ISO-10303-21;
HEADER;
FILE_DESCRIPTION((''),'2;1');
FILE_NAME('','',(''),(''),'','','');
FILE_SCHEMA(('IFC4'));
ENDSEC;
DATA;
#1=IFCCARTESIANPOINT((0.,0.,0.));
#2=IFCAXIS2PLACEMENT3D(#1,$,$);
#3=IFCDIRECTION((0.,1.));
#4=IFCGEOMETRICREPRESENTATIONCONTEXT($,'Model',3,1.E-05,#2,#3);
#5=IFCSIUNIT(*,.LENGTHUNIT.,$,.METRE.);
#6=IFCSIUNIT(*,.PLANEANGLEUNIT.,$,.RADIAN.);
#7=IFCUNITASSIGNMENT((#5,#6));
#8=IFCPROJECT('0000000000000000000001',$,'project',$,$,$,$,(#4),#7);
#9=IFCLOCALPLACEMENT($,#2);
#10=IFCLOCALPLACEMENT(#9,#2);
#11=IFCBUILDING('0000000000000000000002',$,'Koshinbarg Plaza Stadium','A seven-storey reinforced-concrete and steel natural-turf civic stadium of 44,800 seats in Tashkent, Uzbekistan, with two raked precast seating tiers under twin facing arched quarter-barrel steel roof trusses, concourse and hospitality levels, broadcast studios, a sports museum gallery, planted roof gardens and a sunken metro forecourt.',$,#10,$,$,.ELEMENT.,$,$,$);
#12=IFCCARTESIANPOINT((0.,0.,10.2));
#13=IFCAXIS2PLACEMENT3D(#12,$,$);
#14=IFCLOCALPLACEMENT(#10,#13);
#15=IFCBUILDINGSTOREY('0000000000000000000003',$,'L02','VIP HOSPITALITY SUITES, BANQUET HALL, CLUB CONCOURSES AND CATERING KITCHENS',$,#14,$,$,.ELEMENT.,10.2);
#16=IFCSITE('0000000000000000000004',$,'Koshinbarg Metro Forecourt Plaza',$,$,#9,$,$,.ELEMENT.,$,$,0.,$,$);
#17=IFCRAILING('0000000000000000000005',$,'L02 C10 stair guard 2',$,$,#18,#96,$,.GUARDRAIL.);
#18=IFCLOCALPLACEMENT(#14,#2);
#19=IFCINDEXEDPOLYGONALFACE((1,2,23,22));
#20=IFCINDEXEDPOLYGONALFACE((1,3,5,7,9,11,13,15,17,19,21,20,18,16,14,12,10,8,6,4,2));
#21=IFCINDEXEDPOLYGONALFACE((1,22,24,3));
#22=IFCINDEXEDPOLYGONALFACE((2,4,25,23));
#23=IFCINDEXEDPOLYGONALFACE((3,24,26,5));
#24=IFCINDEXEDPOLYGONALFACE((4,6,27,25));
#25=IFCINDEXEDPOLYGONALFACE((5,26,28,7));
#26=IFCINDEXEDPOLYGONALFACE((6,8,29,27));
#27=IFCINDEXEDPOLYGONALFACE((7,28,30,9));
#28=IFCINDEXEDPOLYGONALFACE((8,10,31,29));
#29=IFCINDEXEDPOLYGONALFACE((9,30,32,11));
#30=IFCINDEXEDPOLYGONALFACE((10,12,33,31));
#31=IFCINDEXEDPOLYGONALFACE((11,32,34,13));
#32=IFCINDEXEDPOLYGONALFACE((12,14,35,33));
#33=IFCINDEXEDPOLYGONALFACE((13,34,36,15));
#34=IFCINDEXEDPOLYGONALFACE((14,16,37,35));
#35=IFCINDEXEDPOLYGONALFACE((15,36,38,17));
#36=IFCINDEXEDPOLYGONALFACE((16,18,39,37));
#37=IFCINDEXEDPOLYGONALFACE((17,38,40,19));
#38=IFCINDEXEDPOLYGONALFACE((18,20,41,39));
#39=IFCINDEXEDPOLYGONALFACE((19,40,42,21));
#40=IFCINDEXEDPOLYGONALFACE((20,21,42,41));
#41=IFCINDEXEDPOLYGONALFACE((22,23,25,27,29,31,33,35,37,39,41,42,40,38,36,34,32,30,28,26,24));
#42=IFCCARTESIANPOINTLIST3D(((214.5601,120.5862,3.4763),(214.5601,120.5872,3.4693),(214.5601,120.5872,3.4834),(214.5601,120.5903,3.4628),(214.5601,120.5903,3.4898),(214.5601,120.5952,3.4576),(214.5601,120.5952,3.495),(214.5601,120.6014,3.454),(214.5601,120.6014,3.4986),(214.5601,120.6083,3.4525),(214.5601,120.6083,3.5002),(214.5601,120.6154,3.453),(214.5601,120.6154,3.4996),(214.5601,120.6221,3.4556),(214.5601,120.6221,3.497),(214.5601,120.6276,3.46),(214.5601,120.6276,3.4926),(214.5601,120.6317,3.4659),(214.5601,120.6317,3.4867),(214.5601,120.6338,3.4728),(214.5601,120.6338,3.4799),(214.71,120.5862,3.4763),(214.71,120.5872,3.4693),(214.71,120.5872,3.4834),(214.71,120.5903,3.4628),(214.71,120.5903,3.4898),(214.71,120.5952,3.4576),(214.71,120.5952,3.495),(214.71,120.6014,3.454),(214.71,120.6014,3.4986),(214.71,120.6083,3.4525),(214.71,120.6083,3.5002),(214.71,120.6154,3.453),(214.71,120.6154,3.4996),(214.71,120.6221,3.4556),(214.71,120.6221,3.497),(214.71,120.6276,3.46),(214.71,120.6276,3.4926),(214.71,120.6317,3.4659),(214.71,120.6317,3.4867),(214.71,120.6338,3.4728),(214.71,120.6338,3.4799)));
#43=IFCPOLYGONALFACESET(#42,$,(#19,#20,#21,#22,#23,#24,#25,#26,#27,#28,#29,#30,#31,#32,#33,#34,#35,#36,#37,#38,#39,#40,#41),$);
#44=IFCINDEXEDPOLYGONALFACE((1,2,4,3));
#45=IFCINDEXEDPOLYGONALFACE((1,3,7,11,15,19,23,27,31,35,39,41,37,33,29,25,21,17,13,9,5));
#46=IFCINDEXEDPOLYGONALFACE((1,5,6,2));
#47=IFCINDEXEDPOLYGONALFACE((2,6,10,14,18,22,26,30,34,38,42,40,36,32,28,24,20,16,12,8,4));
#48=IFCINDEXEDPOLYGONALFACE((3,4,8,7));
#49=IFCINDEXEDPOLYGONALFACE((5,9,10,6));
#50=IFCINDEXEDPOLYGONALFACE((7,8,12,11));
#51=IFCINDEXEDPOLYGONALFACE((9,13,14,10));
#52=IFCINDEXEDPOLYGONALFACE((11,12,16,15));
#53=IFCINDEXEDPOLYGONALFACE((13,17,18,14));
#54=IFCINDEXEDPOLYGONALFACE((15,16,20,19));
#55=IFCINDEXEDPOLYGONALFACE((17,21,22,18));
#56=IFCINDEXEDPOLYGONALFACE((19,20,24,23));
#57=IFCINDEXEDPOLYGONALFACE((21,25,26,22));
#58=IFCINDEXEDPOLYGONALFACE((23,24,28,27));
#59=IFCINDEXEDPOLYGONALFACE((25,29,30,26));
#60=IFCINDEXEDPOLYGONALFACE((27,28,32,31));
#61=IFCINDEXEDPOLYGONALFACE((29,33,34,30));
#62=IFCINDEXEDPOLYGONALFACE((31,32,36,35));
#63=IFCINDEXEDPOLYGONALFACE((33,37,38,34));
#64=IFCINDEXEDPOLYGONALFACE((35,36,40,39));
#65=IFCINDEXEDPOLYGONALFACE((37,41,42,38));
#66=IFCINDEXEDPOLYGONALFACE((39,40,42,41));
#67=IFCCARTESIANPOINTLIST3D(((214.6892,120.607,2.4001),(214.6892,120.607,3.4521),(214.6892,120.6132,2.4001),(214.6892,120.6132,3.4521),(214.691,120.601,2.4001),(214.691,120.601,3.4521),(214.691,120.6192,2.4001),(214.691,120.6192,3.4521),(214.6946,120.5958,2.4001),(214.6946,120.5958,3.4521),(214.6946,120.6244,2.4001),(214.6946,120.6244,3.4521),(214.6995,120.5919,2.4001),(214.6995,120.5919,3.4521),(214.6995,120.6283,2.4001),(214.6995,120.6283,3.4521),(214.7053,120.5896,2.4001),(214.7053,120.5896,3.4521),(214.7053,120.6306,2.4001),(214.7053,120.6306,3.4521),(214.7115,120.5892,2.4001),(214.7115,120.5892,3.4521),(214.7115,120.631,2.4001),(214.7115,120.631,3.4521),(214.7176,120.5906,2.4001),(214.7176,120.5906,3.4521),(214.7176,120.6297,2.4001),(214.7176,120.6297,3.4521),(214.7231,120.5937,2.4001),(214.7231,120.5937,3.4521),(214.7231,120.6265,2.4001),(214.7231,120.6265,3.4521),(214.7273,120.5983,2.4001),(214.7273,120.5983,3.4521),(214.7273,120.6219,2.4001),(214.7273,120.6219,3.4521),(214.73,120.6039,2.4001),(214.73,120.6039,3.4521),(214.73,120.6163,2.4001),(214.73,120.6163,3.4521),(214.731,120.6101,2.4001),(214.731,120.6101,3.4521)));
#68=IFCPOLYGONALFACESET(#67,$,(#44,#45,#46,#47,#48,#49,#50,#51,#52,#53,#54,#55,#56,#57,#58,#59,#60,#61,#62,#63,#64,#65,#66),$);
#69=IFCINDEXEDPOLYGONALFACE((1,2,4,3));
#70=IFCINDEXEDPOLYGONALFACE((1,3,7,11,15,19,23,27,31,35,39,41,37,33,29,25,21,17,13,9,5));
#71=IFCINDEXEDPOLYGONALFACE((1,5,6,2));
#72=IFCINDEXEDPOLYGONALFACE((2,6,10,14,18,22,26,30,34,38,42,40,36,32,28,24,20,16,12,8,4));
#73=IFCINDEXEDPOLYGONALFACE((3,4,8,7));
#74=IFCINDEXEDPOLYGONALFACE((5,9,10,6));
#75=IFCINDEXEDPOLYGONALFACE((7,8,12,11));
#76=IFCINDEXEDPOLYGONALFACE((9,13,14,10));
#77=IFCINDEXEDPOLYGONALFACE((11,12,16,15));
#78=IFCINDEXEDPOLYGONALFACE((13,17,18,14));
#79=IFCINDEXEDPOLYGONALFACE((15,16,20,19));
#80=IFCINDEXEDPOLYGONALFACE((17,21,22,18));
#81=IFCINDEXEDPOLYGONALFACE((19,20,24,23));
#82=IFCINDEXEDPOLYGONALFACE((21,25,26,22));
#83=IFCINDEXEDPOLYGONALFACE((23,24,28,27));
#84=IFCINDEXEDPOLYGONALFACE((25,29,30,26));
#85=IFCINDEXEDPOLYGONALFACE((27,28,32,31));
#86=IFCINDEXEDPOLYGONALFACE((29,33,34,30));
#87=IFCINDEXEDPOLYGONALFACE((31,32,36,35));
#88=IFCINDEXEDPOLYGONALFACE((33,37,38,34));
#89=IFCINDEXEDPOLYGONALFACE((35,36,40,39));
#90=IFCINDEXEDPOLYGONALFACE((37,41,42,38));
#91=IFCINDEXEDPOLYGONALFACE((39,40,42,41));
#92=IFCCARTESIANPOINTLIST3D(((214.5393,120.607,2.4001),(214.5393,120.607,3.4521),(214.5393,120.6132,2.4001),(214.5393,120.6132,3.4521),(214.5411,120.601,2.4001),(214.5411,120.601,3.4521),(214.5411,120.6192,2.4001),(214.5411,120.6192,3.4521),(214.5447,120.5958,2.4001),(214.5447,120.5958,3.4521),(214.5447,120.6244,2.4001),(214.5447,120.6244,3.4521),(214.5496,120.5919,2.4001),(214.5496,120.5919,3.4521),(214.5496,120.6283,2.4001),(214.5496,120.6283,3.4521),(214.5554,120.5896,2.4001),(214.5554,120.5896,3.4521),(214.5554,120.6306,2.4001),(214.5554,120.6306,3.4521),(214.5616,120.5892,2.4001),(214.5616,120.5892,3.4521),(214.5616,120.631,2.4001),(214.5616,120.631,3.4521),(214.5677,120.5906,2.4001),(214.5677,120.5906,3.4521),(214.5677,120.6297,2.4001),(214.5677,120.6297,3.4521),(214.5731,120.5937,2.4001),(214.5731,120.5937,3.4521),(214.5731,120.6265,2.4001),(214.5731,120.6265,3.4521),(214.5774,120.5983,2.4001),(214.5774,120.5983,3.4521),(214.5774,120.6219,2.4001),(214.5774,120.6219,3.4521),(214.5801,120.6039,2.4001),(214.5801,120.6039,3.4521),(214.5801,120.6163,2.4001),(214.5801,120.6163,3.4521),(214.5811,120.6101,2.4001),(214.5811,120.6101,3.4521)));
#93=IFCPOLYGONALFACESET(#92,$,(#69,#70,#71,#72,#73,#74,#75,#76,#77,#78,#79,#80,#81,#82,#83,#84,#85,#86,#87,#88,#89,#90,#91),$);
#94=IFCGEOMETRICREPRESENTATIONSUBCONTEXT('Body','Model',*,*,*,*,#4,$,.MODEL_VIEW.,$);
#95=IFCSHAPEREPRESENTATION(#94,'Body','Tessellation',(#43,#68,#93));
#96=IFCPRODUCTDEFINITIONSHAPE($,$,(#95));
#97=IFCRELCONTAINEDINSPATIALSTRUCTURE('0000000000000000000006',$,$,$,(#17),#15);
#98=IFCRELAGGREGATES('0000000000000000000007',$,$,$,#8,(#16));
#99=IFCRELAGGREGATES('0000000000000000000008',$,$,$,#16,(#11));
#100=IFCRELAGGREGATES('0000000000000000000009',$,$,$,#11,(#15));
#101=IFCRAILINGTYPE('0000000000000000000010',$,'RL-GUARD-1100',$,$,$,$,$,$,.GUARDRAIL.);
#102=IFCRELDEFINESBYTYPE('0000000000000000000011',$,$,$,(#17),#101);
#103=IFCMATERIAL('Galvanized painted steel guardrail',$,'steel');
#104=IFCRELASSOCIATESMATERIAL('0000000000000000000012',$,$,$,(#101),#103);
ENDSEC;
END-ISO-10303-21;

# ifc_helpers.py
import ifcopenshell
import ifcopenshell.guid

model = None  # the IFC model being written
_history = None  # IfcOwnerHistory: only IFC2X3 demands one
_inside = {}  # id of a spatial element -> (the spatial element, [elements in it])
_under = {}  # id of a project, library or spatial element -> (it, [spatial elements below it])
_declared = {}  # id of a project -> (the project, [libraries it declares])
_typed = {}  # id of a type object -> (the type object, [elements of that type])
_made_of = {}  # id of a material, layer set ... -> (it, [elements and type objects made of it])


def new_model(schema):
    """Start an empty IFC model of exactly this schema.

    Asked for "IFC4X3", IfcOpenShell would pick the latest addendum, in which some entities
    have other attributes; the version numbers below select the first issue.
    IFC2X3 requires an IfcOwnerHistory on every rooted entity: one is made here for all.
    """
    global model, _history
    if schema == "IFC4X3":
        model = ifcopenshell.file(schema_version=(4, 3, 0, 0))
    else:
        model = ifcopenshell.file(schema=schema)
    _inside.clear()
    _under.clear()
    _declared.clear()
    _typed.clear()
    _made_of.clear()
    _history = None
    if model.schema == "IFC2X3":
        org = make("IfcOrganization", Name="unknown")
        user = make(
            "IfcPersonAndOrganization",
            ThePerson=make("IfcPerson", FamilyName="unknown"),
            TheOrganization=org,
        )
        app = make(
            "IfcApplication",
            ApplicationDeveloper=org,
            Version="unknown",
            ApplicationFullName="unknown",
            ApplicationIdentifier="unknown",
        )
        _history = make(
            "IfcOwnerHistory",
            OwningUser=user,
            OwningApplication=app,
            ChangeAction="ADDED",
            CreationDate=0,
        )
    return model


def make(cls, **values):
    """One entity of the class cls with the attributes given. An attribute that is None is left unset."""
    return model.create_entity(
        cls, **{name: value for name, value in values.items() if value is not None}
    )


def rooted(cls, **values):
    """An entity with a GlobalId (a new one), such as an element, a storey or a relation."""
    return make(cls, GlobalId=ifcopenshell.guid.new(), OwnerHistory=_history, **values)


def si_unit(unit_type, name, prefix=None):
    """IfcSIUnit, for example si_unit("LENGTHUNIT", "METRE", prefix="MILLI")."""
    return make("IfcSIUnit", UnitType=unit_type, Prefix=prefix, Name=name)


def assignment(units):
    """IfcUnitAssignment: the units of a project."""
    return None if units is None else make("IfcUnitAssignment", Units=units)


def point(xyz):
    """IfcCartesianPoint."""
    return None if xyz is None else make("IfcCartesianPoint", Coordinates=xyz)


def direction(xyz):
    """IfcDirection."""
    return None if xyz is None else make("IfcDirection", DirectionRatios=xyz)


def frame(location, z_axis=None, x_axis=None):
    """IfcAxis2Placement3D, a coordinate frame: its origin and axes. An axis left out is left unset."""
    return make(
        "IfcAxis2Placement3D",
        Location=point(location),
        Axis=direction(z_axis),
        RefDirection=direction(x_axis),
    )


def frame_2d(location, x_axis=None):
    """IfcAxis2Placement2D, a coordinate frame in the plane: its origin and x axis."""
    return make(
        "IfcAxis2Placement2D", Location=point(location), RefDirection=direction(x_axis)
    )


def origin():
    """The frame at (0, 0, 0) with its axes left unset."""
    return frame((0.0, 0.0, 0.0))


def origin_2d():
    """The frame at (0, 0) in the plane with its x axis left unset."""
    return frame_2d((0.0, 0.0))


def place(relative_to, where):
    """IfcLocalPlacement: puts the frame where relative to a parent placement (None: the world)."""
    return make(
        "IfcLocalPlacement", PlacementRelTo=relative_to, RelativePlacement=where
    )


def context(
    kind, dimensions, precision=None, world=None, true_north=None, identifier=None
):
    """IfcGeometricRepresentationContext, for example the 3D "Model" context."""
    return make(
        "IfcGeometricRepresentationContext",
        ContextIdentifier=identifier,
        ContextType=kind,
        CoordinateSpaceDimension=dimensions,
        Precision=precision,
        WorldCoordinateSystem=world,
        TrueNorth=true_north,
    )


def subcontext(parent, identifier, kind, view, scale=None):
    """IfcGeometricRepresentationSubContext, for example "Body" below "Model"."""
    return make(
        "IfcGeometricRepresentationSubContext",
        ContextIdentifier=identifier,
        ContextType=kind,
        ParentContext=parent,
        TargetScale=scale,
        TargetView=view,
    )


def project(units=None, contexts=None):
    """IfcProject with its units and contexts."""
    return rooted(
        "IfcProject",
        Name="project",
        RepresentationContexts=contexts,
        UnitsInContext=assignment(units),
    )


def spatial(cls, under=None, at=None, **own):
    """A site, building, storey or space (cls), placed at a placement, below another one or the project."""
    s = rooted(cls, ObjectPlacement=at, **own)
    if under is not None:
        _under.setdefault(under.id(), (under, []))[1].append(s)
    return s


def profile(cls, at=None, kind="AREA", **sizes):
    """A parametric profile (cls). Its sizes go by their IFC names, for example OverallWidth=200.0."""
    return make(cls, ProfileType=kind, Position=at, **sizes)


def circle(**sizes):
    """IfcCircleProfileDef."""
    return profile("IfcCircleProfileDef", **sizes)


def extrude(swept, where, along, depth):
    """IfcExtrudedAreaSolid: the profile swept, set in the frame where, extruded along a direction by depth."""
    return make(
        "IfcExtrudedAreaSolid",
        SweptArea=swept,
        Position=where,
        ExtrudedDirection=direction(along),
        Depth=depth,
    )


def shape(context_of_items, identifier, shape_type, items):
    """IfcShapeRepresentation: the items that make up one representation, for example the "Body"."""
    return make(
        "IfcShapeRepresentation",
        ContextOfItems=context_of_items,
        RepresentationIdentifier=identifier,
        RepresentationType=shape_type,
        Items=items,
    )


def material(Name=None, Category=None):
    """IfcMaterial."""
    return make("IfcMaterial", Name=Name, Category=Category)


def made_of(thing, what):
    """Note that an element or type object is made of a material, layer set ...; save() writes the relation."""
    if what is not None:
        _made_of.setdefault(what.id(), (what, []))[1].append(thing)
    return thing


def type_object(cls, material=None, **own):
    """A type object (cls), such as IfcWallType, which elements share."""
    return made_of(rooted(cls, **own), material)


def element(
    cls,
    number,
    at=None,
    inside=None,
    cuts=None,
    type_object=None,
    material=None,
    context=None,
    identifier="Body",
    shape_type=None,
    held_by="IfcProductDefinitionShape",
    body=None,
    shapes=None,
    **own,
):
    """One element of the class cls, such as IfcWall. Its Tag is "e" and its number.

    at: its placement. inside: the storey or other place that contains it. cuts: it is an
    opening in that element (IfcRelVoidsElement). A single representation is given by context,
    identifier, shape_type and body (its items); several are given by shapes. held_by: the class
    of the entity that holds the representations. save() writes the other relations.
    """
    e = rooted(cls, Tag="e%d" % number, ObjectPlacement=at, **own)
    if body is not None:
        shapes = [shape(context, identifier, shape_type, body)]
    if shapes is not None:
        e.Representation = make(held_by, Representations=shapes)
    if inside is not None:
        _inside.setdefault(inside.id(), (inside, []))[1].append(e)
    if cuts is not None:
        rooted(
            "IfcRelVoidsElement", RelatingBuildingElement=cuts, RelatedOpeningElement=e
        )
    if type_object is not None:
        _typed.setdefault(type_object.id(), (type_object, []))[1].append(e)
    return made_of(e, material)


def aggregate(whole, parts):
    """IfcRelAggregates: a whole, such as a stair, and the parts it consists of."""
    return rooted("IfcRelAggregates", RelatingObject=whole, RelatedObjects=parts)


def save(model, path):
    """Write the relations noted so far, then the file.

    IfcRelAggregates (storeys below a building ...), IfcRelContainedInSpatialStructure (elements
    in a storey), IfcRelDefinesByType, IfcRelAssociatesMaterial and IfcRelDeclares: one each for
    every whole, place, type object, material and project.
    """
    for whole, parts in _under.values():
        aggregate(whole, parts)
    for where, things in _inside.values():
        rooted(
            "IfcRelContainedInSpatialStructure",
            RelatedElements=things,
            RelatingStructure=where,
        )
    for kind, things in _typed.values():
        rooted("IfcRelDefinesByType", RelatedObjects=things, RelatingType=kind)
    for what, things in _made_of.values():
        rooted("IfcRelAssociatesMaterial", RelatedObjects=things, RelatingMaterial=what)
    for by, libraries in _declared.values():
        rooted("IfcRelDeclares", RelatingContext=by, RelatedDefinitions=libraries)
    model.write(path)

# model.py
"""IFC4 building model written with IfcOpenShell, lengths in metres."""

from ifc_helpers import new_model, si_unit, direction, frame, origin, origin_2d, place, context, subcontext, project, spatial, circle, extrude, material, type_object, element, save


model = new_model("IFC4")

# Units and contexts
model_context = context("Model", 3, precision=1e-05, world=origin(), true_north=direction((0.0, 1.0)))
body_context = subcontext(model_context, "Body", "Model", "MODEL_VIEW")
ifc_project = project(units=[si_unit("LENGTHUNIT", "METRE"), si_unit("PLANEANGLEUNIT", "RADIAN")], contexts=[model_context])

# Site, building, storey
site_placement = place(None, origin())
site = spatial("IfcSite", under=ifc_project, at=site_placement, Name="Koshinbarg Metro Forecourt Plaza", CompositionType="ELEMENT", RefElevation=0.0)
building_placement = place(site_placement, origin())
building = spatial("IfcBuilding", under=site, at=building_placement, Name="Koshinbarg Plaza Stadium", Description="A seven-storey reinforced-concrete and steel natural-turf civic stadium of 44,800 seats in Tashkent, Uzbekistan, with two raked precast seating tiers under twin facing arched quarter-barrel steel roof trusses, concourse and hospitality levels, broadcast studios, a sports museum gallery, planted roof gardens and a sunken metro forecourt.", CompositionType="ELEMENT")
storey_placement = place(building_placement, frame((0.0, 0.0, 10.2)))
storey = spatial("IfcBuildingStorey", under=building, at=storey_placement, Name="L02", Description="VIP HOSPITALITY SUITES, BANQUET HALL, CLUB CONCOURSES AND CATERING KITCHENS", CompositionType="ELEMENT", Elevation=10.2)

# Railing
ifc_material_1 = material(Name="Galvanized painted steel guardrail", Category="steel")
railing_type_1 = type_object("IfcRailingType", Name="RL-GUARD-1100", PredefinedType="GUARDRAIL", material=ifc_material_1)
railing_1_placement = place(storey_placement, frame((214.71, 120.6101, 2.4001)))
element("IfcRailing", 1, at=railing_1_placement, inside=storey, type_object=railing_type_1, Name="L02 C10 stair guard 2", PredefinedType="GUARDRAIL", context=body_context, shape_type="SweptSolid", body=[
    extrude(circle(Radius=0.0239, at=origin_2d()), frame((0.0, 0.0, 1.0762), z_axis=(-1.0, 0.0, 0.0), x_axis=(0.0, -1.0, 0.0)), (0.0, 0.0, 1.0), 0.1499),
    extrude(circle(Radius=0.021, at=origin_2d()), origin(), (0.0, 0.0, 1.0), 1.052),
    extrude(circle(Radius=0.021, at=origin_2d()), frame((-0.1499, 0.0, 0.0)), (0.0, 0.0, 1.0), 1.052),
])

save(model, "model.ifc")
